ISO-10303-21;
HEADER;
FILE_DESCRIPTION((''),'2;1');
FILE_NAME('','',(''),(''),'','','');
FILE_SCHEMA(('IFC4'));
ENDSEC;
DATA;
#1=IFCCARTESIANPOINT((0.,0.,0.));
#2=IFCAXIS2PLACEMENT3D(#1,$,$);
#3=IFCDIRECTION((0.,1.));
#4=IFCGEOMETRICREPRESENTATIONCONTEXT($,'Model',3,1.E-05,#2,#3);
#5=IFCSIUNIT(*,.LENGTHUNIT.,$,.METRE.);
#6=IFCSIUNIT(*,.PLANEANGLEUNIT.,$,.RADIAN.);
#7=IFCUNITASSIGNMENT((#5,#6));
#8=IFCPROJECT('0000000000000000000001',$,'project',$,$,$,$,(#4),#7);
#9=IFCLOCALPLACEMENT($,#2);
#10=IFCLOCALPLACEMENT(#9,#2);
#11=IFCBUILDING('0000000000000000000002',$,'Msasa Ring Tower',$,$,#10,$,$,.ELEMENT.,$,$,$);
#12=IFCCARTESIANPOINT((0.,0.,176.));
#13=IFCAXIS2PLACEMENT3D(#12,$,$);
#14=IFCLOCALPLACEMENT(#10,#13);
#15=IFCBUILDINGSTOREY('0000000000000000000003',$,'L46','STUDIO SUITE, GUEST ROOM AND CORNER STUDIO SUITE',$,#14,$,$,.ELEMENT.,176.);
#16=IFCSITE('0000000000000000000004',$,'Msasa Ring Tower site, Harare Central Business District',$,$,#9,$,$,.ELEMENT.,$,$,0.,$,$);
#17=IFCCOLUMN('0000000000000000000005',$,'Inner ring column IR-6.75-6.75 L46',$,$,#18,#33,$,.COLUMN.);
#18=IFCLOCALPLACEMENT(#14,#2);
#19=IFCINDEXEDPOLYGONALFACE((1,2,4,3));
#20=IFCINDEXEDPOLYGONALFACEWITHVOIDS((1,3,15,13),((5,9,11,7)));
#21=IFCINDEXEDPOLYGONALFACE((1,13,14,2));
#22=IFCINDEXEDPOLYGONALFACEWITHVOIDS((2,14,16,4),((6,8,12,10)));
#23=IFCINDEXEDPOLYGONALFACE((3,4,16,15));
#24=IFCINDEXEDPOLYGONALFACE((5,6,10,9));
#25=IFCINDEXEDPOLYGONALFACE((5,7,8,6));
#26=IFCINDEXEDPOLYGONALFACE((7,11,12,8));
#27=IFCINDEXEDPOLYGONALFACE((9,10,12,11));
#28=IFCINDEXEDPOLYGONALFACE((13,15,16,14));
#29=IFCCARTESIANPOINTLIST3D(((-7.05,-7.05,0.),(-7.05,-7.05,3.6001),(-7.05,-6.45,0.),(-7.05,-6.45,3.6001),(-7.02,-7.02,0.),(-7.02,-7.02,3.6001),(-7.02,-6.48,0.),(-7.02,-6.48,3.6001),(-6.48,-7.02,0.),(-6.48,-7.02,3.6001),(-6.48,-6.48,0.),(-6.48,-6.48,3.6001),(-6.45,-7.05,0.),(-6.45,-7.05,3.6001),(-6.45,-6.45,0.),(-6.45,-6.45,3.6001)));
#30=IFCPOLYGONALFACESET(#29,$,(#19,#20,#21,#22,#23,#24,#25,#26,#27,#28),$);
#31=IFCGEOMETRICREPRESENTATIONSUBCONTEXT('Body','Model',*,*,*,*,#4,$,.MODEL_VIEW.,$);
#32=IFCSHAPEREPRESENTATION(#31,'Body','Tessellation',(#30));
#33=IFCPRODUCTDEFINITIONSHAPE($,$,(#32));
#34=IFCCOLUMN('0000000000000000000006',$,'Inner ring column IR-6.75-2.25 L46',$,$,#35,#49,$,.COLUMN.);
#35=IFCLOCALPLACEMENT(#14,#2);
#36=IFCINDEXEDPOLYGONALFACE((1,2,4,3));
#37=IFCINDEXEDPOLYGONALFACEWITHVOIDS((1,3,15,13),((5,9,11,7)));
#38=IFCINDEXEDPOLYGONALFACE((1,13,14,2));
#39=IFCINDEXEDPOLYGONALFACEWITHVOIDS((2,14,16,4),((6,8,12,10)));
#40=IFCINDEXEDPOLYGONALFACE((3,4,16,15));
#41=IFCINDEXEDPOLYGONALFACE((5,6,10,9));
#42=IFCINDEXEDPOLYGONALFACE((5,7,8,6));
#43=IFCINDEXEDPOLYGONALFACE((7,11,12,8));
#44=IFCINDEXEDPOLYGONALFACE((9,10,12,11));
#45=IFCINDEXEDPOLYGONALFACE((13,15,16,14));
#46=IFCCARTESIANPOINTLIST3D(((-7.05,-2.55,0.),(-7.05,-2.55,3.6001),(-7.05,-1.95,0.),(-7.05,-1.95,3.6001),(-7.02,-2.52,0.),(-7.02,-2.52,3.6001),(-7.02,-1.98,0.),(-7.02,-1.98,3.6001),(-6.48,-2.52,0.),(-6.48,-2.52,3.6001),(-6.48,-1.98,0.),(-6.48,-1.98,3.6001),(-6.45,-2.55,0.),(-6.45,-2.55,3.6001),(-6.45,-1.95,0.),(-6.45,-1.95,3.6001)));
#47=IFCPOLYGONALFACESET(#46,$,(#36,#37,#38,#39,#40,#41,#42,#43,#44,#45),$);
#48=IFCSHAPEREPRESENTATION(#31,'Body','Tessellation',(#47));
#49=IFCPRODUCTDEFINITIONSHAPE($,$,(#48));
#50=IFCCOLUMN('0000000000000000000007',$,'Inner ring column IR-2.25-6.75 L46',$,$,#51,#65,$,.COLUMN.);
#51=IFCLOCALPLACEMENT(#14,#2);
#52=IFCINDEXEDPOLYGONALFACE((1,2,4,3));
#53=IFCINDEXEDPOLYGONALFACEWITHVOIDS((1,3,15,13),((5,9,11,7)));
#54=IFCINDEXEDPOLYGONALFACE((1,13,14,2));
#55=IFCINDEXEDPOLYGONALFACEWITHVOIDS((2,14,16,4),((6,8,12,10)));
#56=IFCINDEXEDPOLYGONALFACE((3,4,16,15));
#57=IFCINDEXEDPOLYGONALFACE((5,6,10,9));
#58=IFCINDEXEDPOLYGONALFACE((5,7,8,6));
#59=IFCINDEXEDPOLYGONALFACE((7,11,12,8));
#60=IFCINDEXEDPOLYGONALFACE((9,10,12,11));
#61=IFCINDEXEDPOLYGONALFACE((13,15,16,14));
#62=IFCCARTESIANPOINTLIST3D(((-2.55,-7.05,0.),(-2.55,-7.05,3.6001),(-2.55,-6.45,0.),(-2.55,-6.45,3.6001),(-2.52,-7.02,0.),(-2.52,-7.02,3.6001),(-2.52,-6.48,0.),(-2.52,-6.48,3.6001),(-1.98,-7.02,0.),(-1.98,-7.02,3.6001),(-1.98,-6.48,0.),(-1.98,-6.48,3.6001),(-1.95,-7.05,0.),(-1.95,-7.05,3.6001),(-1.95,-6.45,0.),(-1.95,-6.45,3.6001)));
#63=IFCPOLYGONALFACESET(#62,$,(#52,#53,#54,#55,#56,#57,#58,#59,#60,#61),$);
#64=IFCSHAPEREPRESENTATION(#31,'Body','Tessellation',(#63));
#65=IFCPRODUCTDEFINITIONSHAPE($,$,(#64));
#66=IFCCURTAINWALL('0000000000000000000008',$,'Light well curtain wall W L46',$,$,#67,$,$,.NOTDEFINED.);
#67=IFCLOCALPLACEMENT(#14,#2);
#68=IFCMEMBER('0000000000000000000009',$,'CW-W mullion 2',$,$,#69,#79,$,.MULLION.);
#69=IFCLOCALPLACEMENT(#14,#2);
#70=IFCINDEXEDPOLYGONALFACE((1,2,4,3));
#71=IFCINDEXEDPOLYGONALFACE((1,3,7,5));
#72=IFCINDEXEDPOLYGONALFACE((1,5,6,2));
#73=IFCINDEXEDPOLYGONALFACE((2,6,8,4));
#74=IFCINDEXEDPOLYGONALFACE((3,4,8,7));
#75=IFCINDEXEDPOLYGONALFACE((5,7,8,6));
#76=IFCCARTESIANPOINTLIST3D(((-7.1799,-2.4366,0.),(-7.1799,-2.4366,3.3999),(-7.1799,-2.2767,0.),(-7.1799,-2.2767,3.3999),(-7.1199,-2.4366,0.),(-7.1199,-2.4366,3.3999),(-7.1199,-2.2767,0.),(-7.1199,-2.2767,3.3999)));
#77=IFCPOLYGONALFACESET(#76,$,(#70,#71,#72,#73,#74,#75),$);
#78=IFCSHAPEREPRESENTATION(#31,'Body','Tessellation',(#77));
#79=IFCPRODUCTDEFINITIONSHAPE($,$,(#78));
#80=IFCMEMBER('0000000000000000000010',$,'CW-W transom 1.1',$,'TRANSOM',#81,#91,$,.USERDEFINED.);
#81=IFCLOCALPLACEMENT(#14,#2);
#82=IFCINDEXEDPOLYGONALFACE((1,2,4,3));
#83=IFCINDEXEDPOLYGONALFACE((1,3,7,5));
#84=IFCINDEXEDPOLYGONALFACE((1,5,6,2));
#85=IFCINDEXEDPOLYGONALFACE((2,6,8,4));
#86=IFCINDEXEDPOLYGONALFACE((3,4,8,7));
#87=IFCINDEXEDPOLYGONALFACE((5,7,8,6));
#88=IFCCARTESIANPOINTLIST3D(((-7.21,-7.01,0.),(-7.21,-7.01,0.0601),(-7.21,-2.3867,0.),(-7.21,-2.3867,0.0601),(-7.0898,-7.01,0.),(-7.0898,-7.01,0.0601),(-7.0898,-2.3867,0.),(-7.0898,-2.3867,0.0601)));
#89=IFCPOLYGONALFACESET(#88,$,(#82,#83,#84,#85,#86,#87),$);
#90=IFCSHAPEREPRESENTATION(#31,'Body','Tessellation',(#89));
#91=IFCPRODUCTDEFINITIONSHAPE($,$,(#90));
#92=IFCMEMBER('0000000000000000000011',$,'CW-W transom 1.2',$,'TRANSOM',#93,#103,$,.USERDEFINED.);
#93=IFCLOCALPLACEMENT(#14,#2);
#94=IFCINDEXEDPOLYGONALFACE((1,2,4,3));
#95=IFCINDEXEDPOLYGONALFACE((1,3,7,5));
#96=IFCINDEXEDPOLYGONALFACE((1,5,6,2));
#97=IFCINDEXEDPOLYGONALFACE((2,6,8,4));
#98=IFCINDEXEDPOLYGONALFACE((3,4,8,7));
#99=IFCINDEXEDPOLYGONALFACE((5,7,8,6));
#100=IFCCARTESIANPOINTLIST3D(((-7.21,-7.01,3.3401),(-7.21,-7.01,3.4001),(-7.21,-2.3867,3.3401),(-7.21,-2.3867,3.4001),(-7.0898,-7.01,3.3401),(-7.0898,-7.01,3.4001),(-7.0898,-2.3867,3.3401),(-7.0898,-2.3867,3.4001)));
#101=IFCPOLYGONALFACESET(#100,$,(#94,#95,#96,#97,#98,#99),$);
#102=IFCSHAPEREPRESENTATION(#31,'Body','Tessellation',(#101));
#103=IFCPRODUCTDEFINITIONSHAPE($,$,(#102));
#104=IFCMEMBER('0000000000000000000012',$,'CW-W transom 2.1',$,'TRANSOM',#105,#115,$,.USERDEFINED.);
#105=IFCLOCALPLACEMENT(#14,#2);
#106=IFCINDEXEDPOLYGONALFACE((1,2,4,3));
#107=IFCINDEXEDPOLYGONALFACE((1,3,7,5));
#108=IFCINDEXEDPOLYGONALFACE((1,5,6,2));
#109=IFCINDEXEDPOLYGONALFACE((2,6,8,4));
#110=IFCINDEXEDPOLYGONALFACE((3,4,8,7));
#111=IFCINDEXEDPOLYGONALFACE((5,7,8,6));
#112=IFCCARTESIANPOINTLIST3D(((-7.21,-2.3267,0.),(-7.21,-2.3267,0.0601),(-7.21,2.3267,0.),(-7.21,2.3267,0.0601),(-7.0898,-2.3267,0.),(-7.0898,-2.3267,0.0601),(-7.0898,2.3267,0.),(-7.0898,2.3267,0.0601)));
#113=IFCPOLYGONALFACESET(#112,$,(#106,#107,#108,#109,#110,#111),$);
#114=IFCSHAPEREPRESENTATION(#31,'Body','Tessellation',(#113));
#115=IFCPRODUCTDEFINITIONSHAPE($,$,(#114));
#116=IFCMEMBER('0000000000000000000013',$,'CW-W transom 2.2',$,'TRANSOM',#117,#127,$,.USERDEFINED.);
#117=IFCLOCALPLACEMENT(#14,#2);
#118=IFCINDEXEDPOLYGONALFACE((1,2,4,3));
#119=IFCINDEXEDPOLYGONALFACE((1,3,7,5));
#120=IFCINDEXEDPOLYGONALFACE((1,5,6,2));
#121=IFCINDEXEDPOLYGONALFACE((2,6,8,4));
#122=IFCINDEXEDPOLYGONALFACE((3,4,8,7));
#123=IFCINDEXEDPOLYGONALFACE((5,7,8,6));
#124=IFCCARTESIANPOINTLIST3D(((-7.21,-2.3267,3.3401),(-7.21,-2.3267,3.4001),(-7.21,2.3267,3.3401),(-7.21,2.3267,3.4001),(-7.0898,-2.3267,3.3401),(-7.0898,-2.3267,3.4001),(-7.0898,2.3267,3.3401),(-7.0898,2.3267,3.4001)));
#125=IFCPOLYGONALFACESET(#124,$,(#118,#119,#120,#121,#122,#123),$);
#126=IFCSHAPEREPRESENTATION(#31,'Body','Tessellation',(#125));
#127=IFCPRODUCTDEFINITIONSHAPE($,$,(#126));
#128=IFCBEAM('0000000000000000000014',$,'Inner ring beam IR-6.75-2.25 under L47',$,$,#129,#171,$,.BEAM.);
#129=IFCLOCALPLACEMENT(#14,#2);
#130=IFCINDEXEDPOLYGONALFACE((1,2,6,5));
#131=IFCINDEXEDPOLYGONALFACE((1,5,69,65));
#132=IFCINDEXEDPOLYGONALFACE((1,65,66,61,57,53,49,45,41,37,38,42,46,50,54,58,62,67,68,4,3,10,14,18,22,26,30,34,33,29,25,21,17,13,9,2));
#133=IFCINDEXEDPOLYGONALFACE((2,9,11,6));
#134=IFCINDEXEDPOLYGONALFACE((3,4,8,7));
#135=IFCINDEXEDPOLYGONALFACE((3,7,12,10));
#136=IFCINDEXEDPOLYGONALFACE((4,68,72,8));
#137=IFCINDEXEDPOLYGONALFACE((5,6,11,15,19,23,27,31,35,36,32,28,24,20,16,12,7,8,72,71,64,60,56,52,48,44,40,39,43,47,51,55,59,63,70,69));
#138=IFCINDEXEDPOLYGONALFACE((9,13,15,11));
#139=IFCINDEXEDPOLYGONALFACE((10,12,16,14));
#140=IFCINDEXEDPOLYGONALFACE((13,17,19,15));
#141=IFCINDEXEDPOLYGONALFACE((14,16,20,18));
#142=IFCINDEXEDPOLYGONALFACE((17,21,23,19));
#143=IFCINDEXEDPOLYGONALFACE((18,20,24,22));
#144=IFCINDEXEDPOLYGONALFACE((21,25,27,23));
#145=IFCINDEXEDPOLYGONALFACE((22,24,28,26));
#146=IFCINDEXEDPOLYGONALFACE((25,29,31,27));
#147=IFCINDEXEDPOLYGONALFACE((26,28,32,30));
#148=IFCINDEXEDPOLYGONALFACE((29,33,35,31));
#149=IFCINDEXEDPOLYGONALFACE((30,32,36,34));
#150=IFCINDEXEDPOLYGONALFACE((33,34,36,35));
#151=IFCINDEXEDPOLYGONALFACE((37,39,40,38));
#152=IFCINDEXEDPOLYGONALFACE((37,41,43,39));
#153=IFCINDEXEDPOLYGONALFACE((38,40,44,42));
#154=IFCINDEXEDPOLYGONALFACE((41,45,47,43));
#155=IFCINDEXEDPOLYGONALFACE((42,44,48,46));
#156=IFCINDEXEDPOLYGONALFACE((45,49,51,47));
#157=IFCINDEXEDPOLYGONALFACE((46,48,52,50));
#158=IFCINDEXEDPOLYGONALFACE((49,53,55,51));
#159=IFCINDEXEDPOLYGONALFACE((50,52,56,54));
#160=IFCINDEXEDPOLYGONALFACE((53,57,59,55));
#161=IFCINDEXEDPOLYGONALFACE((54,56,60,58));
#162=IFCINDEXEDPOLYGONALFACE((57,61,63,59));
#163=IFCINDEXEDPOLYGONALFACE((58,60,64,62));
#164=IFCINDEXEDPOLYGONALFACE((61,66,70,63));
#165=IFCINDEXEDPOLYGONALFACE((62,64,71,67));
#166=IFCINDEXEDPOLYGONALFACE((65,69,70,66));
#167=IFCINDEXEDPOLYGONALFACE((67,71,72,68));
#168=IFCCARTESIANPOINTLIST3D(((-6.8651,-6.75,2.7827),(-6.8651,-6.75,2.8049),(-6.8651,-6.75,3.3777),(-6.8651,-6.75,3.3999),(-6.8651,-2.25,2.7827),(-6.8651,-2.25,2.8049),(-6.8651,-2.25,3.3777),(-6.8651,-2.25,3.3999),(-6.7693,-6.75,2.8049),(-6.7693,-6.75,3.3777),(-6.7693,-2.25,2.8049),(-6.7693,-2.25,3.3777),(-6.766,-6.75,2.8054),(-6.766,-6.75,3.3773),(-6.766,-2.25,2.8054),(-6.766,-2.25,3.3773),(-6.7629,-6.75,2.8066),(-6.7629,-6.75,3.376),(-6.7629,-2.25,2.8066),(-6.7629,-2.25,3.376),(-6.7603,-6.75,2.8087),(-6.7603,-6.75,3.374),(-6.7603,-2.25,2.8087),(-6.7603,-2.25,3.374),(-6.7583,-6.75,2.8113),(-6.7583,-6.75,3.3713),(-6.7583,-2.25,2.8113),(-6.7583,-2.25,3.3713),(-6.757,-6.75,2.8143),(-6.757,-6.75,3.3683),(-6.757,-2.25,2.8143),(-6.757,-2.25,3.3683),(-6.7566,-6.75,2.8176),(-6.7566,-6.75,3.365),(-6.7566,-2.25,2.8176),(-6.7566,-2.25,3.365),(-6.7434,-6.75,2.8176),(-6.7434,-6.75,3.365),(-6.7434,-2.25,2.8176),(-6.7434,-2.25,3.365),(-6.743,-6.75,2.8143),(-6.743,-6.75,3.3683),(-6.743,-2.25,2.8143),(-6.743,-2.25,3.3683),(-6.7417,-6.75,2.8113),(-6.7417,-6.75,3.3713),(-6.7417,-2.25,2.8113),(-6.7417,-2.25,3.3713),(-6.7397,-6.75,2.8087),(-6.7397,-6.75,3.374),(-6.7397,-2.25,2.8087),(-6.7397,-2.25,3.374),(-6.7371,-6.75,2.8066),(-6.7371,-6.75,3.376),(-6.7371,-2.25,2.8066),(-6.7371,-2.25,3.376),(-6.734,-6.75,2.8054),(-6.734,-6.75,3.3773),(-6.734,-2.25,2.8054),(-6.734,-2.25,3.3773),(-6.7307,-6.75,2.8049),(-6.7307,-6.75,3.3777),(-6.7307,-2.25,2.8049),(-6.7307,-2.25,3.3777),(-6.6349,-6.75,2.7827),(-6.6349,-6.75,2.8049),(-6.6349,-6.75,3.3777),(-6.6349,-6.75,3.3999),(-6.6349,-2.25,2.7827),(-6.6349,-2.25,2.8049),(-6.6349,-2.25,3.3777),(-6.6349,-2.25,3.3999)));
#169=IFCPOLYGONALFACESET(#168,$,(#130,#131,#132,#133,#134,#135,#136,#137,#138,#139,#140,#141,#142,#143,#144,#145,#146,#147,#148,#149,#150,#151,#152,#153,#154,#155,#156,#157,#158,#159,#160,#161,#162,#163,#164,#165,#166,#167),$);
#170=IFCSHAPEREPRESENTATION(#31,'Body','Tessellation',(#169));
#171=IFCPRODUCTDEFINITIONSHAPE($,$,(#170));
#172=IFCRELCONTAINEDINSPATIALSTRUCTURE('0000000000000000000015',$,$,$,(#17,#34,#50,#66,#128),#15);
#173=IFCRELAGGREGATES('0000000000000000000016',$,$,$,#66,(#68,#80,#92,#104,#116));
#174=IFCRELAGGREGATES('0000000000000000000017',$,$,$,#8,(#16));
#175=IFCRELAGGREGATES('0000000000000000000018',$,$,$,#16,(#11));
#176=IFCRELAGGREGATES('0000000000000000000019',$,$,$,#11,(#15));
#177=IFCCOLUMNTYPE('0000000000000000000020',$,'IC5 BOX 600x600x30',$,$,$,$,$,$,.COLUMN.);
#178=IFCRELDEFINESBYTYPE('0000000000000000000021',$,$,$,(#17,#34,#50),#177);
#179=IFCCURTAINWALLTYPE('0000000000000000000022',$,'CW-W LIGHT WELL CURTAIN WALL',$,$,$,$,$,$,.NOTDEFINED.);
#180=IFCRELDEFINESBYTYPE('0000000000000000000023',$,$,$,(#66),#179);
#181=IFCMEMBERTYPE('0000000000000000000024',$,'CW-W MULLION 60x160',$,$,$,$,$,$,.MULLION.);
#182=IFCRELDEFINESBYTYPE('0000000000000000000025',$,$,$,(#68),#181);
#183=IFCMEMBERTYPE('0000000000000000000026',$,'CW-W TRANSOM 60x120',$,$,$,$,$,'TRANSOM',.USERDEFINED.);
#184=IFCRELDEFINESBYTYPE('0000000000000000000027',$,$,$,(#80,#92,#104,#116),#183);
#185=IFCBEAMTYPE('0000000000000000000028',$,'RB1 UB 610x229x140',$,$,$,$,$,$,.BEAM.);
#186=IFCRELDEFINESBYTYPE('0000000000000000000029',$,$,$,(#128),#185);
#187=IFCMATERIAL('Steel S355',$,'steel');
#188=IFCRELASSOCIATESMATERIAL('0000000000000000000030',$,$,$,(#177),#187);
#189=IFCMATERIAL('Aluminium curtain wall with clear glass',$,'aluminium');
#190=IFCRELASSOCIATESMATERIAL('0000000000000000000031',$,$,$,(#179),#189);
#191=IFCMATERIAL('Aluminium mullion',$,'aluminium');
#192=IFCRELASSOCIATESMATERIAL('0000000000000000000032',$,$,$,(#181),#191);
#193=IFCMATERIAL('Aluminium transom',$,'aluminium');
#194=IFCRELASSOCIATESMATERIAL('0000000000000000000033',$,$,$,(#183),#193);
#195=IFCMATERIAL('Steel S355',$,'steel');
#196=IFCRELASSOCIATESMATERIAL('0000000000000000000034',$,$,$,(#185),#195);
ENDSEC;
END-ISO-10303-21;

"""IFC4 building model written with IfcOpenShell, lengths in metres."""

from ifc_helpers import new_model, si_unit, direction, frame, origin, origin_2d, place, context, subcontext, project, spatial, rectangle, hollow_rectangle, i_section, extrude, material, material_profile, profile_set, type_object, element, aggregate, save


model = new_model("IFC4")

# Units and contexts
model_context = context("Model", 3, precision=1e-05, world=origin(), true_north=direction((0.0, 1.0)))
body_context = subcontext(model_context, "Body", "Model", "MODEL_VIEW")
ifc_project = project(units=[si_unit("LENGTHUNIT", "METRE"), si_unit("PLANEANGLEUNIT", "RADIAN")], contexts=[model_context])

# Site, building, storey
site_placement = place(None, origin())
site = spatial("IfcSite", under=ifc_project, at=site_placement, Name="Msasa Ring Tower site, Harare Central Business District", CompositionType="ELEMENT", RefElevation=0.0)
building_placement = place(site_placement, origin())
building = spatial("IfcBuilding", under=site, at=building_placement, Name="Msasa Ring Tower", CompositionType="ELEMENT")
storey_placement = place(building_placement, frame((0.0, 0.0, 176.0)))
storey = spatial("IfcBuildingStorey", under=building, at=storey_placement, Name="L46", Description="STUDIO SUITE, GUEST ROOM AND CORNER STUDIO SUITE", CompositionType="ELEMENT", Elevation=176.0)

# Columns
ifc_material_1 = material(Name="Steel S355", Category="steel")
ifc_material_profile_1 = material_profile(ifc_material_1, hollow_rectangle(XDim=0.6001, YDim=0.6001, WallThickness=0.03, at=origin_2d()), Name="BOX 600x600x30")
ifc_profile_set_1 = profile_set([ifc_material_profile_1], Name="Steel S355")
column_type = type_object("IfcColumnType", Name="IC5 BOX 600x600x30", PredefinedType="COLUMN", material=ifc_profile_set_1)
for number, where, z_axis, x_axis, name in (
    (1, (-6.75, -6.75, 0.0), (0.0, 0.0, 1.0), (1.0, 0.0, 0.0), "Inner ring column IR-6.75-6.75 L46"),
    (2, (-6.75, -2.25, 0.0), (0.0, 0.0, 1.0), (1.0, 0.0, 0.0), "Inner ring column IR-6.75-2.25 L46"),
    (3, (-2.25, -6.75, 0.0), (0.0, 0.0, 1.0), (1.0, 0.0, 0.0), "Inner ring column IR-2.25-6.75 L46"),
):
    element("IfcColumn", number, at=place(storey_placement, frame(where, z_axis=z_axis, x_axis=x_axis)), inside=storey, type_object=column_type, Name=name, PredefinedType="COLUMN", context=body_context, shape_type="SweptSolid", body=[
        extrude(hollow_rectangle(XDim=0.6001, YDim=0.6001, WallThickness=0.03, at=origin_2d()), origin(), (0.0, 0.0, 1.0), 3.6001),
    ])

# Curtain wall, members
ifc_material_2 = material(Name="Aluminium curtain wall with clear glass", Category="aluminium")
curtain_wall_type = type_object("IfcCurtainWallType", Name="CW-W LIGHT WELL CURTAIN WALL", PredefinedType="NOTDEFINED", material=ifc_material_2)
curtain_wall_placement = place(storey_placement, origin())
curtain_wall = element("IfcCurtainWall", 4, at=curtain_wall_placement, inside=storey, type_object=curtain_wall_type, Name="Light well curtain wall W L46", PredefinedType="NOTDEFINED")
ifc_material_3 = material(Name="Aluminium mullion", Category="aluminium")
ifc_material_profile_2 = material_profile(ifc_material_3, rectangle(XDim=0.0601, YDim=0.1599, at=origin_2d()), Name="AL 60x160")
ifc_profile_set_2 = profile_set([ifc_material_profile_2], Name="Aluminium mullion")
member_type_1 = type_object("IfcMemberType", Name="CW-W MULLION 60x160", PredefinedType="MULLION", material=ifc_profile_set_2)
member_1_placement = place(storey_placement, frame((-7.1499, -2.3567, 0.0), z_axis=(0.0, 0.0, 1.0), x_axis=(-1.0, 0.0, 0.0)))
member_1 = element("IfcMember", 5, at=member_1_placement, type_object=member_type_1, Name="CW-W mullion 2", PredefinedType="MULLION", context=body_context, shape_type="SweptSolid", body=[
    extrude(rectangle(XDim=0.0601, YDim=0.1599, at=origin_2d()), origin(), (0.0, 0.0, 1.0), 3.3999),
])
ifc_material_4 = material(Name="Aluminium transom", Category="aluminium")
ifc_material_profile_3 = material_profile(ifc_material_4, rectangle(XDim=0.1201, YDim=0.0601, at=origin_2d()), Name="AL 60x120")
ifc_profile_set_3 = profile_set([ifc_material_profile_3], Name="Aluminium transom")
member_type_2 = type_object("IfcMemberType", Name="CW-W TRANSOM 60x120", ElementType="TRANSOM", PredefinedType="USERDEFINED", material=ifc_profile_set_3)
member_2_placement = place(storey_placement, frame((-7.1499, -7.01, 0.03), z_axis=(0.0, 1.0, 0.0), x_axis=(-1.0, 0.0, 0.0)))
member_2 = element("IfcMember", 6, at=member_2_placement, type_object=member_type_2, Name="CW-W transom 1.1", ObjectType="TRANSOM", PredefinedType="USERDEFINED", context=body_context, shape_type="SweptSolid", body=[
    extrude(rectangle(XDim=0.1201, YDim=0.0601, at=origin_2d()), origin(), (0.0, 0.0, 1.0), 4.6233),
])
member_3_placement = place(storey_placement, frame((-7.1499, -7.01, 3.3701), z_axis=(0.0, 1.0, 0.0), x_axis=(-1.0, 0.0, 0.0)))
member_3 = element("IfcMember", 7, at=member_3_placement, type_object=member_type_2, Name="CW-W transom 1.2", ObjectType="TRANSOM", PredefinedType="USERDEFINED", context=body_context, shape_type="SweptSolid", body=[
    extrude(rectangle(XDim=0.1201, YDim=0.0601, at=origin_2d()), origin(), (0.0, 0.0, 1.0), 4.6233),
])
member_4_placement = place(storey_placement, frame((-7.1499, -2.3267, 0.03), z_axis=(0.0, 1.0, 0.0), x_axis=(-1.0, 0.0, 0.0)))
member_4 = element("IfcMember", 8, at=member_4_placement, type_object=member_type_2, Name="CW-W transom 2.1", ObjectType="TRANSOM", PredefinedType="USERDEFINED", context=body_context, shape_type="SweptSolid", body=[
    extrude(rectangle(XDim=0.1201, YDim=0.0601, at=origin_2d()), origin(), (0.0, 0.0, 1.0), 4.6533),
])
member_5_placement = place(storey_placement, frame((-7.1499, -2.3267, 3.3701), z_axis=(0.0, 1.0, 0.0), x_axis=(-1.0, 0.0, 0.0)))
member_5 = element("IfcMember", 9, at=member_5_placement, type_object=member_type_2, Name="CW-W transom 2.2", ObjectType="TRANSOM", PredefinedType="USERDEFINED", context=body_context, shape_type="SweptSolid", body=[
    extrude(rectangle(XDim=0.1201, YDim=0.0601, at=origin_2d()), origin(), (0.0, 0.0, 1.0), 4.6533),
])

# Beam
ifc_material_5 = material(Name="Steel S355", Category="steel")
ifc_material_profile_4 = material_profile(ifc_material_5, i_section(OverallWidth=0.2302, OverallDepth=0.6172, WebThickness=0.0132, FlangeThickness=0.0222, FilletRadius=0.0127, at=origin_2d()), Name="UB 610x229x140")
ifc_profile_set_4 = profile_set([ifc_material_profile_4], Name="Steel S355")
beam_type = type_object("IfcBeamType", Name="RB1 UB 610x229x140", PredefinedType="BEAM", material=ifc_profile_set_4)
for number, where, z_axis, x_axis, name in (
    (10, (-6.75, -2.25, 3.0913), (0.0, -1.0, 0.0), (1.0, 0.0, 0.0), "Inner ring beam IR-6.75-2.25 under L47"),
):
    element("IfcBeam", number, at=place(storey_placement, frame(where, z_axis=z_axis, x_axis=x_axis)), inside=storey, type_object=beam_type, Name=name, PredefinedType="BEAM", context=body_context, shape_type="SweptSolid", body=[
        extrude(i_section(OverallWidth=0.2302, OverallDepth=0.6172, WebThickness=0.0132, FlangeThickness=0.0222, FilletRadius=0.0127, at=origin_2d()), origin(), (0.0, 0.0, 1.0), 4.5),
    ])

aggregate(curtain_wall, [member_1, member_2, member_3, member_4, member_5])

save(model, "model.ifc")
